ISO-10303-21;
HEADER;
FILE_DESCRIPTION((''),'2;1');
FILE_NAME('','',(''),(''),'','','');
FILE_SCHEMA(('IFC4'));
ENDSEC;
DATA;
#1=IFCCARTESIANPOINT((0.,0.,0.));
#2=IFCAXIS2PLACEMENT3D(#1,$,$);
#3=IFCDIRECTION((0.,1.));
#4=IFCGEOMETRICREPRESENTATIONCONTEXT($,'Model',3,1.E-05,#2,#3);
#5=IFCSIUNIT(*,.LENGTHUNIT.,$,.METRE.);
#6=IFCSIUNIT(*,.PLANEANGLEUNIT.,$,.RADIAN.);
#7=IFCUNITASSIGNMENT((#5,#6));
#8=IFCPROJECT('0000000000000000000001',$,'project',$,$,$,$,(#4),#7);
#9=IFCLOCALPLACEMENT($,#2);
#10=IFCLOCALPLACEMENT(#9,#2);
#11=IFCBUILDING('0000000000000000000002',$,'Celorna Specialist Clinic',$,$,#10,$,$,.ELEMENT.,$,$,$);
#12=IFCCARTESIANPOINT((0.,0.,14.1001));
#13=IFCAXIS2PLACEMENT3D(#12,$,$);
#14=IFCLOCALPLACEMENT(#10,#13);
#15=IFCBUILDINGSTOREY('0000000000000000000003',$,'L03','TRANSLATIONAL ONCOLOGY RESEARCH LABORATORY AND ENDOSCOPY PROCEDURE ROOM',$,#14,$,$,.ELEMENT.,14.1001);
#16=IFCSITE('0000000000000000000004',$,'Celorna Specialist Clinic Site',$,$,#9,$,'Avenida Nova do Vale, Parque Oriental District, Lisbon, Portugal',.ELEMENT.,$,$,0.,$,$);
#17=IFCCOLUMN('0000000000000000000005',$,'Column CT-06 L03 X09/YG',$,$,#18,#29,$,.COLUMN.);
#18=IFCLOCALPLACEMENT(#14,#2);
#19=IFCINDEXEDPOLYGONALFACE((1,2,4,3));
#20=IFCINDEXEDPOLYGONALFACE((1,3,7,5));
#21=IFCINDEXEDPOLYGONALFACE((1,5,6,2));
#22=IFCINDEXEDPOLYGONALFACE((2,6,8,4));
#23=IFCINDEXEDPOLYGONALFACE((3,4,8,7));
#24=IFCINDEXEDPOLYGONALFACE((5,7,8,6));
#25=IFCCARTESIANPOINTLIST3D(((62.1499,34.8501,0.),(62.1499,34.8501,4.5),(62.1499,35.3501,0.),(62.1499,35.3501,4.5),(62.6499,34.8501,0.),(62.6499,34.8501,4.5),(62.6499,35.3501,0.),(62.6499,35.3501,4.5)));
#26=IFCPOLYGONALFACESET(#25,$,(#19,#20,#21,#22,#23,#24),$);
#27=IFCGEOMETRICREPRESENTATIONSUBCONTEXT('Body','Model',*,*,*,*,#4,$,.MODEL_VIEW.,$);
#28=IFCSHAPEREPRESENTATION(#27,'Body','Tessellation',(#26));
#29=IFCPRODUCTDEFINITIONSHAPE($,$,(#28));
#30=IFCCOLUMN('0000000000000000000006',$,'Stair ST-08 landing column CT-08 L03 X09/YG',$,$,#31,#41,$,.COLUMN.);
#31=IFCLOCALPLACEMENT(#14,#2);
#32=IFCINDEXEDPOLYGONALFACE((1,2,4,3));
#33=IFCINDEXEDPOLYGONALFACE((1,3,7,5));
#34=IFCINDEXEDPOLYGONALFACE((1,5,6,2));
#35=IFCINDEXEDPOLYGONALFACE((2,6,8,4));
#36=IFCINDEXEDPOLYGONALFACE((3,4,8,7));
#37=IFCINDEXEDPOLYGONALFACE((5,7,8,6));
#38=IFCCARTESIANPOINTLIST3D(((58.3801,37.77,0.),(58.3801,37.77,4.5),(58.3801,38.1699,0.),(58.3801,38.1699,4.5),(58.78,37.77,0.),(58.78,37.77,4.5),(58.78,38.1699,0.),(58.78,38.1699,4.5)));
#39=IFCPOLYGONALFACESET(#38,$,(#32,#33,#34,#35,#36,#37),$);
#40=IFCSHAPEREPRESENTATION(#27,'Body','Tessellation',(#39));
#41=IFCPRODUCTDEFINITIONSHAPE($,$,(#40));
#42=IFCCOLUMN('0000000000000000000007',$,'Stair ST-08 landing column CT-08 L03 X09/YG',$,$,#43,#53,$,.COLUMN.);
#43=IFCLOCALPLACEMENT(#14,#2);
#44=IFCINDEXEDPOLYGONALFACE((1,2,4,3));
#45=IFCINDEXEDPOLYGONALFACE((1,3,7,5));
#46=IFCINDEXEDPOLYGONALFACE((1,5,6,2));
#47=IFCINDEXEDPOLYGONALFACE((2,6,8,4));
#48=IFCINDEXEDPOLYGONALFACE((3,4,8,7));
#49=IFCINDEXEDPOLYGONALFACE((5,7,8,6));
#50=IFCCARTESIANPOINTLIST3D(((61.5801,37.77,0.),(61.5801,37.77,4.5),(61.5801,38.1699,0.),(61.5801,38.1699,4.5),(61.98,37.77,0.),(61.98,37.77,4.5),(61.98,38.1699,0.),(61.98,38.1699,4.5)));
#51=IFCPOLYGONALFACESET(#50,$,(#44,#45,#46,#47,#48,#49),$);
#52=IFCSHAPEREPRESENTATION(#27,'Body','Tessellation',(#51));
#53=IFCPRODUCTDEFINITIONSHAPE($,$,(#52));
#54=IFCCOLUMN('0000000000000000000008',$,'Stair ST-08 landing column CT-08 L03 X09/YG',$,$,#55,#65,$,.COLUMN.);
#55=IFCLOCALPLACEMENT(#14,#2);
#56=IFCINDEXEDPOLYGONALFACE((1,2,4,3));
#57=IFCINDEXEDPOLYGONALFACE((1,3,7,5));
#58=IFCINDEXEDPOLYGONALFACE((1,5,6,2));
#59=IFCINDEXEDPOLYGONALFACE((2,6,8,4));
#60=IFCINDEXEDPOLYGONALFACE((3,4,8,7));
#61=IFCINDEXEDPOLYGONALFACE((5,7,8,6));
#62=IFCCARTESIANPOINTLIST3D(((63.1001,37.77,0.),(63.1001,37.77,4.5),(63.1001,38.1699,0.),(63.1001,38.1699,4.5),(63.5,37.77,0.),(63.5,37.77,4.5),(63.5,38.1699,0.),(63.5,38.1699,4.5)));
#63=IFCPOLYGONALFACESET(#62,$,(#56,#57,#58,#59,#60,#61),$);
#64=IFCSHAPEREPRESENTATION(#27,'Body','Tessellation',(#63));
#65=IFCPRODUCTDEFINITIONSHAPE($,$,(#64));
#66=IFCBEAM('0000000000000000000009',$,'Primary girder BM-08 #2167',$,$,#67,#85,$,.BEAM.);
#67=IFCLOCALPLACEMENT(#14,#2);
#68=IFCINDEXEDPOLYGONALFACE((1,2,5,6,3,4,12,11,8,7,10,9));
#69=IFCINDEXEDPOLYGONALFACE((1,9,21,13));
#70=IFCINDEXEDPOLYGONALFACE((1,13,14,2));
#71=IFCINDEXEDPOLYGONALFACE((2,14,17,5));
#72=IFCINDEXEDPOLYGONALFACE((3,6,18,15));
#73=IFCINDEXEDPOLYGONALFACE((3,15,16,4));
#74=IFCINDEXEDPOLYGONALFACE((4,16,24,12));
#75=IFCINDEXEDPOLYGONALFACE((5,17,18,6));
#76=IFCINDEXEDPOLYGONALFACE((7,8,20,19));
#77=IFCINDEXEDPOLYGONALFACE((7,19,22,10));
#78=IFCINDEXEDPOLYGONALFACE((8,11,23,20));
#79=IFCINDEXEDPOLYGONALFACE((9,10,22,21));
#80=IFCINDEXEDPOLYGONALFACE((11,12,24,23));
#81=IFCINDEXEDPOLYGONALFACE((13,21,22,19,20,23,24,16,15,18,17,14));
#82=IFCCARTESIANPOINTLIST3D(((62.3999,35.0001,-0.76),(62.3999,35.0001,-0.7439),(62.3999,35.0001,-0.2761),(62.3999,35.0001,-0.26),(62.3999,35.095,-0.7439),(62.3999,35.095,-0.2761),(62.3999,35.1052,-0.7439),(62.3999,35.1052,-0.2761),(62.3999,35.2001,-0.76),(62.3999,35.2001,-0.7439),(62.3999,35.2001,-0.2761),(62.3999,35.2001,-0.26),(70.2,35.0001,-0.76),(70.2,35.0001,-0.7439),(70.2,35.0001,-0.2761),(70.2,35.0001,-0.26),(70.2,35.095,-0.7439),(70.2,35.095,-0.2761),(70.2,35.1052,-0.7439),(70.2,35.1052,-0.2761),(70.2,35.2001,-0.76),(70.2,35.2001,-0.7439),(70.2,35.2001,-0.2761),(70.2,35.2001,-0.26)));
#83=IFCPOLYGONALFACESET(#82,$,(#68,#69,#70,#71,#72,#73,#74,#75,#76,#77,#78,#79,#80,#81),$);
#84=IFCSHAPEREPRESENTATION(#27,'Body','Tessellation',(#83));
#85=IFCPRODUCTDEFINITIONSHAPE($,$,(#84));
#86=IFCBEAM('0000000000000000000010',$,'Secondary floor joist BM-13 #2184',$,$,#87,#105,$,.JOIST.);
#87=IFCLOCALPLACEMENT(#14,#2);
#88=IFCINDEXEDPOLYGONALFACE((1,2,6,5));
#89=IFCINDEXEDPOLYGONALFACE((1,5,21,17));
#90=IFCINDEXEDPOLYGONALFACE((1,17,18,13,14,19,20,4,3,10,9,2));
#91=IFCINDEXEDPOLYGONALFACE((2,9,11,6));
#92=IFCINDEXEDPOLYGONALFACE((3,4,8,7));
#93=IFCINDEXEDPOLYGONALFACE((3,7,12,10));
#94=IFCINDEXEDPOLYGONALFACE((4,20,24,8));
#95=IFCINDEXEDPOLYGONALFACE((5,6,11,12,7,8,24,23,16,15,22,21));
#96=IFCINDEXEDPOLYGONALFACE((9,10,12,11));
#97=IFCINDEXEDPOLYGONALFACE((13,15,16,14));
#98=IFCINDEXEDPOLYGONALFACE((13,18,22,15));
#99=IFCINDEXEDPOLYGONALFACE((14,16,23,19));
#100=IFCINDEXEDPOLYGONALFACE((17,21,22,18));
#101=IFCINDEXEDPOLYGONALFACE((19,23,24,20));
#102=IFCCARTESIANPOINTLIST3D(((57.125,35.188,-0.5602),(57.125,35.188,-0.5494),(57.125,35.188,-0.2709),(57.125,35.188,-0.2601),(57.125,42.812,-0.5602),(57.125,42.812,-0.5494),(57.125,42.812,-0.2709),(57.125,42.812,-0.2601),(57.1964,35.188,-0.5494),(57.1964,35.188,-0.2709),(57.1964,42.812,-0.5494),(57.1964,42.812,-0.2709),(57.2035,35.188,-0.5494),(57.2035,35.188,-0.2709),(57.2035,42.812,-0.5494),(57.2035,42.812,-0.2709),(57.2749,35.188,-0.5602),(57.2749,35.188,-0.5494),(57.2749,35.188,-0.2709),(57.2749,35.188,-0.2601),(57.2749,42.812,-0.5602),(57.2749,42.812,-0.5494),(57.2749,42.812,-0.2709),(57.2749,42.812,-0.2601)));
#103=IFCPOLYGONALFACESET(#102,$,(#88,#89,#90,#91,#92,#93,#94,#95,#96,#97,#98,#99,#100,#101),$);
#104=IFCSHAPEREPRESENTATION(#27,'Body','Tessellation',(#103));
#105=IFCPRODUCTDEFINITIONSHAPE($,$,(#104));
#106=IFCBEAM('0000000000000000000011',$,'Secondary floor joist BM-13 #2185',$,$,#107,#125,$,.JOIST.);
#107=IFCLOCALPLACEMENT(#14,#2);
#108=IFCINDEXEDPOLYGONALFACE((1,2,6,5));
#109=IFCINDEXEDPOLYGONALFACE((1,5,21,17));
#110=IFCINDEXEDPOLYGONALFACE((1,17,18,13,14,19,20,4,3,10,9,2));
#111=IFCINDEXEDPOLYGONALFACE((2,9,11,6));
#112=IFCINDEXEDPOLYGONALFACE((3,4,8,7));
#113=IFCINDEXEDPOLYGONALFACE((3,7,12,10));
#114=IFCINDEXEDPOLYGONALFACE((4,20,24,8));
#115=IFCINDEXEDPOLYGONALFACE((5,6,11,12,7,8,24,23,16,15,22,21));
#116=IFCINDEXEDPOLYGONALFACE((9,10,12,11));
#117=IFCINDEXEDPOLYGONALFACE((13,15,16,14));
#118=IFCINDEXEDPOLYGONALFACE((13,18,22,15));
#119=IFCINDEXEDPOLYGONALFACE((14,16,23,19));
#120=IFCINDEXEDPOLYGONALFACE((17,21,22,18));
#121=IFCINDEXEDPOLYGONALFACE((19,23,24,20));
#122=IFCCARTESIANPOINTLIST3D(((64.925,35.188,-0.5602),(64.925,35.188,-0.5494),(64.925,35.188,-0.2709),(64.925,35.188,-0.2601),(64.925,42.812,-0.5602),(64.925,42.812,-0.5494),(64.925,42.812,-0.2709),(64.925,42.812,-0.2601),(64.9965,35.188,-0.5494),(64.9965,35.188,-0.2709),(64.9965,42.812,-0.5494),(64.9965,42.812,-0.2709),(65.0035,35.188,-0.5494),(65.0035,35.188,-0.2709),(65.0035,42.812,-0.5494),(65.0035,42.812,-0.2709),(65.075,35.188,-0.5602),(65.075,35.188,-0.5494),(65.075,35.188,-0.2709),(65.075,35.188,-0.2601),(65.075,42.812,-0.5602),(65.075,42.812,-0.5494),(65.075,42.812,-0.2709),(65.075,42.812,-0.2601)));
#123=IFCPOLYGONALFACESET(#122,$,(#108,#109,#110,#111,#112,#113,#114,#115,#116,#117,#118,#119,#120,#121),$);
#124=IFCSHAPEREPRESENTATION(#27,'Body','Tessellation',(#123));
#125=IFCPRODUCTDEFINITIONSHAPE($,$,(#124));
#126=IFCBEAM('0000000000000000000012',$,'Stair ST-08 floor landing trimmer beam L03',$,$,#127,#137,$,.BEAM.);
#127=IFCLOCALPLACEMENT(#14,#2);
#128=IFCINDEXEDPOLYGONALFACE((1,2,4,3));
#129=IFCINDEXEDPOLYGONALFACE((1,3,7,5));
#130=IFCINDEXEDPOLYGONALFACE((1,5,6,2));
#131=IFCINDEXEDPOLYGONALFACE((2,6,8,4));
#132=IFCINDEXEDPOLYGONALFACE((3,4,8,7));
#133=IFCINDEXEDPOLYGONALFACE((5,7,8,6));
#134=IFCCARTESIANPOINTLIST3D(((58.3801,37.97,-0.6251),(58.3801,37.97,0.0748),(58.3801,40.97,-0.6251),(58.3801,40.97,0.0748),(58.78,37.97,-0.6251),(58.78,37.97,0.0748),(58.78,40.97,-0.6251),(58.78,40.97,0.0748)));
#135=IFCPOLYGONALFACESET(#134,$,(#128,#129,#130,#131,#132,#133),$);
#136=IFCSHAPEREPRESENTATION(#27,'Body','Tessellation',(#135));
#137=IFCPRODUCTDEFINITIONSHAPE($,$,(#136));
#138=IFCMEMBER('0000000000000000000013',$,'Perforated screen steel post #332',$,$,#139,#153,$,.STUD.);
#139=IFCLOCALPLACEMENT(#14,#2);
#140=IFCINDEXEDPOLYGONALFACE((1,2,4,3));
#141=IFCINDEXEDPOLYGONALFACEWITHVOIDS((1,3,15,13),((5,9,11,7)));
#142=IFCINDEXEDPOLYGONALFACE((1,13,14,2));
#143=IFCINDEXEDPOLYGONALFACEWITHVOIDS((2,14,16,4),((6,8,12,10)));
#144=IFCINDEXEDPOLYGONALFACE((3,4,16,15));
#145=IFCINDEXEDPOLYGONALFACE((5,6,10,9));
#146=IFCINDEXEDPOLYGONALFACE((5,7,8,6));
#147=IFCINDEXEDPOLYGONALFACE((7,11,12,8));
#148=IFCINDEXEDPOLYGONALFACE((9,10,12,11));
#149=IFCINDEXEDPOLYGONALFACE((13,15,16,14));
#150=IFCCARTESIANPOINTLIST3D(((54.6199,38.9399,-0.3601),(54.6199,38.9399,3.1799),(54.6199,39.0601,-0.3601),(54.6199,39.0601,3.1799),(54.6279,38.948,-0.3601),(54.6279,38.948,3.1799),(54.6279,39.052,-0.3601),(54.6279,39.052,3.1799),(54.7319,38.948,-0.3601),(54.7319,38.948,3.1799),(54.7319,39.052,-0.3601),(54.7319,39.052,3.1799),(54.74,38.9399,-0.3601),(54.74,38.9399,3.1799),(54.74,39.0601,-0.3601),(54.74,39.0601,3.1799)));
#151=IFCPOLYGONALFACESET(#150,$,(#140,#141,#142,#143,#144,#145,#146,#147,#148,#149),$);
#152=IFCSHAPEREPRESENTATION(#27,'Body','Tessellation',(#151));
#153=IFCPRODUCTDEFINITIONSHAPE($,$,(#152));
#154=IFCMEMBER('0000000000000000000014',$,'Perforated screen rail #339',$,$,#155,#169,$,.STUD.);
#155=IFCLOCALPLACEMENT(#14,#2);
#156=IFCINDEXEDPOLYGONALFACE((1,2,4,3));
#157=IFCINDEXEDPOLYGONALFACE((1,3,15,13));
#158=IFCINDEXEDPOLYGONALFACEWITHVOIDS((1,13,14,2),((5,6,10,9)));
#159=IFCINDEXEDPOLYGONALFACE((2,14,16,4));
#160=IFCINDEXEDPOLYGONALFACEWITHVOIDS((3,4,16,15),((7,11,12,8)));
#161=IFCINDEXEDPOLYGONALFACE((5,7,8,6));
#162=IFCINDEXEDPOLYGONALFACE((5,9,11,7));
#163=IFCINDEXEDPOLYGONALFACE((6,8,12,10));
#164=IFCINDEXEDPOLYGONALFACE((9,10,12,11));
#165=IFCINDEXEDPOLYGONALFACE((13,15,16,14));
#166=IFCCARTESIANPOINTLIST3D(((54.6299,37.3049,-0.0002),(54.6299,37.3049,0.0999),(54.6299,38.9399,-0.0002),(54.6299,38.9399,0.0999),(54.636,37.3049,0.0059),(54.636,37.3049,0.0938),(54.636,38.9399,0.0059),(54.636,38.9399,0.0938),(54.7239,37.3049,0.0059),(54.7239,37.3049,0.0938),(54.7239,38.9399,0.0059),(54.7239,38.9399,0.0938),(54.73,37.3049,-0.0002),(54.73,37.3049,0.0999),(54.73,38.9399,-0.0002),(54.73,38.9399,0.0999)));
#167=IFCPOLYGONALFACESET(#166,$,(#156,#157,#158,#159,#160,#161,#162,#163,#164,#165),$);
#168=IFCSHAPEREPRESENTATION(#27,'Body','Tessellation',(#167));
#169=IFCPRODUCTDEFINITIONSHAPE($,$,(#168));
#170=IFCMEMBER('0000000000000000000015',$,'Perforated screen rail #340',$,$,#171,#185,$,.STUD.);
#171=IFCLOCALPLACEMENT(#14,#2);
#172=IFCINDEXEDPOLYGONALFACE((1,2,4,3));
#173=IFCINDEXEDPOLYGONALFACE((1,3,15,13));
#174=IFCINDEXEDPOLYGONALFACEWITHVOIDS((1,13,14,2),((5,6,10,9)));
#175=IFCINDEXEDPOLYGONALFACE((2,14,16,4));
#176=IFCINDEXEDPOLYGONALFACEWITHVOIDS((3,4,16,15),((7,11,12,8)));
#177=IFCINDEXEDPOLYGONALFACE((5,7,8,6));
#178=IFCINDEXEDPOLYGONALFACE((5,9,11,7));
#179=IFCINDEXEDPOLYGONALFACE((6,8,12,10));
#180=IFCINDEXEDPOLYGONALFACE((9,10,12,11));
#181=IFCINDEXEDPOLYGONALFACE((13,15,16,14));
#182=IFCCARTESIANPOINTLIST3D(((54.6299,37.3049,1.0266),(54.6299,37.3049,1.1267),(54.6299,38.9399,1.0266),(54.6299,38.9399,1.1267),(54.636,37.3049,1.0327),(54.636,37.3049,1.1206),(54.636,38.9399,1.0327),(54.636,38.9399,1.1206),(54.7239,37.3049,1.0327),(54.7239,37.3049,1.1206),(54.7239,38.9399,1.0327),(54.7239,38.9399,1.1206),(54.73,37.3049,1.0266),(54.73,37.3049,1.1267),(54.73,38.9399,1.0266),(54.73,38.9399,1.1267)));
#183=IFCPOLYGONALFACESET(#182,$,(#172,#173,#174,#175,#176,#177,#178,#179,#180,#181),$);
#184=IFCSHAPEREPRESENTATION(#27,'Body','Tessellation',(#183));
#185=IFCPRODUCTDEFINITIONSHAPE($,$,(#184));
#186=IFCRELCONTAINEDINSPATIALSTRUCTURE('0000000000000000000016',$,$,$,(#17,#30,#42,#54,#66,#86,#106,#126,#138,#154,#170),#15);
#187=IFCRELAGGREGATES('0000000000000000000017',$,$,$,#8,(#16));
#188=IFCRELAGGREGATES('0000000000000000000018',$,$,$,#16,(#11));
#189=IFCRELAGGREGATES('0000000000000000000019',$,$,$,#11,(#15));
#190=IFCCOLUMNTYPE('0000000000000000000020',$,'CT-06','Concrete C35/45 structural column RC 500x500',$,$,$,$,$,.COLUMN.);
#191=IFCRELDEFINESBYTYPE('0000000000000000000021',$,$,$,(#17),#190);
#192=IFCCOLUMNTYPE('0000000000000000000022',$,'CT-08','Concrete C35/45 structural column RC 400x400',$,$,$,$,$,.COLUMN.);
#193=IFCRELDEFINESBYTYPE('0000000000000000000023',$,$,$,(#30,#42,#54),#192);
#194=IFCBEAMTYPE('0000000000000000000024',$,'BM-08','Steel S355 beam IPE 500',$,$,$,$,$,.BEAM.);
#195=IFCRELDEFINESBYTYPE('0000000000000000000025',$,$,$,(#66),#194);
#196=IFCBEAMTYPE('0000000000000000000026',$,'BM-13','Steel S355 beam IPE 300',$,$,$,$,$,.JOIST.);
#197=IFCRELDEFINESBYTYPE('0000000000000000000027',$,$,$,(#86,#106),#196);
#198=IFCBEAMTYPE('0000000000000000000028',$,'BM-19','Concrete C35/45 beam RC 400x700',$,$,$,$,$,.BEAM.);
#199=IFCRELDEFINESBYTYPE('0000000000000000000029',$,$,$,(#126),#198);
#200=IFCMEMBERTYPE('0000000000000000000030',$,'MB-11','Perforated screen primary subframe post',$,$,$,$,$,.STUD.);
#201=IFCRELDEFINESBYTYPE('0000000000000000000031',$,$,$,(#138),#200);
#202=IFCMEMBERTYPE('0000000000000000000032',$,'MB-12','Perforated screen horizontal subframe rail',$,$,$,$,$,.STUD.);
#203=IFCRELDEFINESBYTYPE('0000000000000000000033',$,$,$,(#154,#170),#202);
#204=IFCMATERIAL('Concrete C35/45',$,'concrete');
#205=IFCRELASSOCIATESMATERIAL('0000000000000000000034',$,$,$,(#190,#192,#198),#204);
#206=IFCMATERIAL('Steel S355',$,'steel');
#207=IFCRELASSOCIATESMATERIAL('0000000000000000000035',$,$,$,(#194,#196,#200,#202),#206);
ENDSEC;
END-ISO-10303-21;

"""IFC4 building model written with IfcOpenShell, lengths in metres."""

from ifc_helpers import new_model, si_unit, direction, frame, origin, origin_2d, place, context, subcontext, project, spatial, rectangle, hollow_rectangle, i_section, extrude, material, material_profile, profile_set, type_object, element, save


model = new_model("IFC4")

# Units and contexts
model_context = context("Model", 3, precision=1e-05, world=origin(), true_north=direction((0.0, 1.0)))
body_context = subcontext(model_context, "Body", "Model", "MODEL_VIEW")
ifc_project = project(units=[si_unit("LENGTHUNIT", "METRE"), si_unit("PLANEANGLEUNIT", "RADIAN")], contexts=[model_context])

# Site, building, storey
site_placement = place(None, origin())
site = spatial("IfcSite", under=ifc_project, at=site_placement, Name="Celorna Specialist Clinic Site", LongName="Avenida Nova do Vale, Parque Oriental District, Lisbon, Portugal", CompositionType="ELEMENT", RefElevation=0.0)
building_placement = place(site_placement, origin())
building = spatial("IfcBuilding", under=site, at=building_placement, Name="Celorna Specialist Clinic", CompositionType="ELEMENT")
storey_placement = place(building_placement, frame((0.0, 0.0, 14.1001)))
storey = spatial("IfcBuildingStorey", under=building, at=storey_placement, Name="L03", Description="TRANSLATIONAL ONCOLOGY RESEARCH LABORATORY AND ENDOSCOPY PROCEDURE ROOM", CompositionType="ELEMENT", Elevation=14.1001)

# Columns
ifc_material_1 = material(Name="Concrete C35/45", Category="concrete")
ifc_material_profile_1 = material_profile(ifc_material_1, rectangle(XDim=0.5, YDim=0.5, at=origin_2d()), Name="RC 500x500")
ifc_profile_set_1 = profile_set([ifc_material_profile_1], Name="Concrete C35/45")
column_type_1 = type_object("IfcColumnType", Name="CT-06", Description="Concrete C35/45 structural column RC 500x500", PredefinedType="COLUMN", material=ifc_profile_set_1)
column_placement = place(storey_placement, frame((62.3999, 35.1001, 0.0), z_axis=(0.0, 0.0, 1.0), x_axis=(1.0, 0.0, 0.0)))
element("IfcColumn", 1, at=column_placement, inside=storey, type_object=column_type_1, Name="Column CT-06 L03 X09/YG", PredefinedType="COLUMN", context=body_context, shape_type="SweptSolid", body=[
    extrude(rectangle(XDim=0.5, YDim=0.5, at=origin_2d()), origin(), (0.0, 0.0, 1.0), 4.5),
])
ifc_material_profile_2 = material_profile(ifc_material_1, rectangle(XDim=0.3999, YDim=0.3999, at=origin_2d()), Name="RC 400x400")
ifc_profile_set_2 = profile_set([ifc_material_profile_2], Name="Concrete C35/45")
column_type_2 = type_object("IfcColumnType", Name="CT-08", Description="Concrete C35/45 structural column RC 400x400", PredefinedType="COLUMN", material=ifc_profile_set_2)
for number, where, z_axis, x_axis, name in (
    (2, (58.5801, 37.97, 0.0), (0.0, 0.0, 1.0), (1.0, 0.0, 0.0), "Stair ST-08 landing column CT-08 L03 X09/YG"),
    (3, (61.78, 37.97, 0.0), (0.0, 0.0, 1.0), (1.0, 0.0, 0.0), "Stair ST-08 landing column CT-08 L03 X09/YG"),
    (4, (63.3, 37.97, 0.0), (0.0, 0.0, 1.0), (1.0, 0.0, 0.0), "Stair ST-08 landing column CT-08 L03 X09/YG"),
):
    element("IfcColumn", number, at=place(storey_placement, frame(where, z_axis=z_axis, x_axis=x_axis)), inside=storey, type_object=column_type_2, Name=name, PredefinedType="COLUMN", context=body_context, shape_type="SweptSolid", body=[
        extrude(rectangle(XDim=0.3999, YDim=0.3999, at=origin_2d()), origin(), (0.0, 0.0, 1.0), 4.5),
    ])

# Beams
ifc_material_2 = material(Name="Steel S355", Category="steel")
ifc_material_profile_3 = material_profile(ifc_material_2, i_section(OverallWidth=0.2, OverallDepth=0.5, WebThickness=0.0103, FlangeThickness=0.0161, at=origin_2d()), Name="IPE 500")
ifc_profile_set_3 = profile_set([ifc_material_profile_3], Name="Steel S355")
beam_type_1 = type_object("IfcBeamType", Name="BM-08", Description="Steel S355 beam IPE 500", PredefinedType="BEAM", material=ifc_profile_set_3)
beam_1_placement = place(storey_placement, frame((62.3999, 35.1001, -0.51), z_axis=(1.0, 0.0, 0.0), x_axis=(0.0, 1.0, 0.0)))
element("IfcBeam", 5, at=beam_1_placement, inside=storey, type_object=beam_type_1, Name="Primary girder BM-08 #2167", PredefinedType="BEAM", context=body_context, shape_type="SweptSolid", body=[
    extrude(i_section(OverallWidth=0.2, OverallDepth=0.5, WebThickness=0.0103, FlangeThickness=0.0161, at=origin_2d()), origin(), (0.0, 0.0, 1.0), 7.8),
])
ifc_material_profile_4 = material_profile(ifc_material_2, i_section(OverallWidth=0.1499, OverallDepth=0.3, WebThickness=0.0071, FlangeThickness=0.0107, at=origin_2d()), Name="IPE 300")
ifc_profile_set_4 = profile_set([ifc_material_profile_4], Name="Steel S355")
beam_type_2 = type_object("IfcBeamType", Name="BM-13", Description="Steel S355 beam IPE 300", PredefinedType="JOIST", material=ifc_profile_set_4)
for number, where, z_axis, x_axis, name in (
    (6, (57.2, 35.188, -0.4102), (0.0, 1.0, 0.0), (-1.0, 0.0, 0.0), "Secondary floor joist BM-13 #2184"),
    (7, (65.0, 35.188, -0.4102), (0.0, 1.0, 0.0), (-1.0, 0.0, 0.0), "Secondary floor joist BM-13 #2185"),
):
    element("IfcBeam", number, at=place(storey_placement, frame(where, z_axis=z_axis, x_axis=x_axis)), inside=storey, type_object=beam_type_2, Name=name, PredefinedType="JOIST", context=body_context, shape_type="SweptSolid", body=[
        extrude(i_section(OverallWidth=0.1499, OverallDepth=0.3, WebThickness=0.0071, FlangeThickness=0.0107, at=origin_2d()), origin(), (0.0, 0.0, 1.0), 7.624),
    ])
ifc_material_profile_5 = material_profile(ifc_material_1, rectangle(XDim=0.3999, YDim=0.7, at=origin_2d()), Name="RC 400x700")
ifc_profile_set_5 = profile_set([ifc_material_profile_5], Name="Concrete C35/45")
beam_type_3 = type_object("IfcBeamType", Name="BM-19", Description="Concrete C35/45 beam RC 400x700", PredefinedType="BEAM", material=ifc_profile_set_5)
beam_2_placement = place(storey_placement, frame((58.5801, 37.97, -0.2751), z_axis=(0.0, 1.0, 0.0), x_axis=(-1.0, 0.0, 0.0)))
element("IfcBeam", 8, at=beam_2_placement, inside=storey, type_object=beam_type_3, Name="Stair ST-08 floor landing trimmer beam L03", PredefinedType="BEAM", context=body_context, shape_type="SweptSolid", body=[
    extrude(rectangle(XDim=0.3999, YDim=0.7, at=origin_2d()), origin(), (0.0, 0.0, 1.0), 3.0),
])

# Members
ifc_material_profile_6 = material_profile(ifc_material_2, hollow_rectangle(XDim=0.1201, YDim=0.1201, WallThickness=0.0081, at=origin_2d()), Name="SHS 120x120x8")
ifc_profile_set_6 = profile_set([ifc_material_profile_6], Name="Steel S355")
member_type_1 = type_object("IfcMemberType", Name="MB-11", Description="Perforated screen primary subframe post", PredefinedType="STUD", material=ifc_profile_set_6)
member_placement = place(storey_placement, frame((54.6799, 39.0, -0.3601), z_axis=(0.0, 0.0, 1.0), x_axis=(1.0, 0.0, 0.0)))
element("IfcMember", 9, at=member_placement, inside=storey, type_object=member_type_1, Name="Perforated screen steel post #332", PredefinedType="STUD", context=body_context, shape_type="SweptSolid", body=[
    extrude(hollow_rectangle(XDim=0.1201, YDim=0.1201, WallThickness=0.0081, at=origin_2d()), origin(), (0.0, 0.0, 1.0), 3.54),
])
ifc_material_profile_7 = material_profile(ifc_material_2, hollow_rectangle(XDim=0.1001, YDim=0.1001, WallThickness=0.0061, at=origin_2d()), Name="SHS 100x100x6")
ifc_profile_set_7 = profile_set([ifc_material_profile_7], Name="Steel S355")
member_type_2 = type_object("IfcMemberType", Name="MB-12", Description="Perforated screen horizontal subframe rail", PredefinedType="STUD", material=ifc_profile_set_7)
for number, where, z_axis, x_axis, name in (
    (10, (54.6799, 37.3049, 0.0498), (0.0, 1.0, 0.0), (-1.0, 0.0, 0.0), "Perforated screen rail #339"),
    (11, (54.6799, 37.3049, 1.0767), (0.0, 1.0, 0.0), (-1.0, 0.0, 0.0), "Perforated screen rail #340"),
):
    element("IfcMember", number, at=place(storey_placement, frame(where, z_axis=z_axis, x_axis=x_axis)), inside=storey, type_object=member_type_2, Name=name, PredefinedType="STUD", context=body_context, shape_type="SweptSolid", body=[
        extrude(hollow_rectangle(XDim=0.1001, YDim=0.1001, WallThickness=0.0061, at=origin_2d()), origin(), (0.0, 0.0, 1.0), 1.635),
    ])

save(model, "model.ifc")
